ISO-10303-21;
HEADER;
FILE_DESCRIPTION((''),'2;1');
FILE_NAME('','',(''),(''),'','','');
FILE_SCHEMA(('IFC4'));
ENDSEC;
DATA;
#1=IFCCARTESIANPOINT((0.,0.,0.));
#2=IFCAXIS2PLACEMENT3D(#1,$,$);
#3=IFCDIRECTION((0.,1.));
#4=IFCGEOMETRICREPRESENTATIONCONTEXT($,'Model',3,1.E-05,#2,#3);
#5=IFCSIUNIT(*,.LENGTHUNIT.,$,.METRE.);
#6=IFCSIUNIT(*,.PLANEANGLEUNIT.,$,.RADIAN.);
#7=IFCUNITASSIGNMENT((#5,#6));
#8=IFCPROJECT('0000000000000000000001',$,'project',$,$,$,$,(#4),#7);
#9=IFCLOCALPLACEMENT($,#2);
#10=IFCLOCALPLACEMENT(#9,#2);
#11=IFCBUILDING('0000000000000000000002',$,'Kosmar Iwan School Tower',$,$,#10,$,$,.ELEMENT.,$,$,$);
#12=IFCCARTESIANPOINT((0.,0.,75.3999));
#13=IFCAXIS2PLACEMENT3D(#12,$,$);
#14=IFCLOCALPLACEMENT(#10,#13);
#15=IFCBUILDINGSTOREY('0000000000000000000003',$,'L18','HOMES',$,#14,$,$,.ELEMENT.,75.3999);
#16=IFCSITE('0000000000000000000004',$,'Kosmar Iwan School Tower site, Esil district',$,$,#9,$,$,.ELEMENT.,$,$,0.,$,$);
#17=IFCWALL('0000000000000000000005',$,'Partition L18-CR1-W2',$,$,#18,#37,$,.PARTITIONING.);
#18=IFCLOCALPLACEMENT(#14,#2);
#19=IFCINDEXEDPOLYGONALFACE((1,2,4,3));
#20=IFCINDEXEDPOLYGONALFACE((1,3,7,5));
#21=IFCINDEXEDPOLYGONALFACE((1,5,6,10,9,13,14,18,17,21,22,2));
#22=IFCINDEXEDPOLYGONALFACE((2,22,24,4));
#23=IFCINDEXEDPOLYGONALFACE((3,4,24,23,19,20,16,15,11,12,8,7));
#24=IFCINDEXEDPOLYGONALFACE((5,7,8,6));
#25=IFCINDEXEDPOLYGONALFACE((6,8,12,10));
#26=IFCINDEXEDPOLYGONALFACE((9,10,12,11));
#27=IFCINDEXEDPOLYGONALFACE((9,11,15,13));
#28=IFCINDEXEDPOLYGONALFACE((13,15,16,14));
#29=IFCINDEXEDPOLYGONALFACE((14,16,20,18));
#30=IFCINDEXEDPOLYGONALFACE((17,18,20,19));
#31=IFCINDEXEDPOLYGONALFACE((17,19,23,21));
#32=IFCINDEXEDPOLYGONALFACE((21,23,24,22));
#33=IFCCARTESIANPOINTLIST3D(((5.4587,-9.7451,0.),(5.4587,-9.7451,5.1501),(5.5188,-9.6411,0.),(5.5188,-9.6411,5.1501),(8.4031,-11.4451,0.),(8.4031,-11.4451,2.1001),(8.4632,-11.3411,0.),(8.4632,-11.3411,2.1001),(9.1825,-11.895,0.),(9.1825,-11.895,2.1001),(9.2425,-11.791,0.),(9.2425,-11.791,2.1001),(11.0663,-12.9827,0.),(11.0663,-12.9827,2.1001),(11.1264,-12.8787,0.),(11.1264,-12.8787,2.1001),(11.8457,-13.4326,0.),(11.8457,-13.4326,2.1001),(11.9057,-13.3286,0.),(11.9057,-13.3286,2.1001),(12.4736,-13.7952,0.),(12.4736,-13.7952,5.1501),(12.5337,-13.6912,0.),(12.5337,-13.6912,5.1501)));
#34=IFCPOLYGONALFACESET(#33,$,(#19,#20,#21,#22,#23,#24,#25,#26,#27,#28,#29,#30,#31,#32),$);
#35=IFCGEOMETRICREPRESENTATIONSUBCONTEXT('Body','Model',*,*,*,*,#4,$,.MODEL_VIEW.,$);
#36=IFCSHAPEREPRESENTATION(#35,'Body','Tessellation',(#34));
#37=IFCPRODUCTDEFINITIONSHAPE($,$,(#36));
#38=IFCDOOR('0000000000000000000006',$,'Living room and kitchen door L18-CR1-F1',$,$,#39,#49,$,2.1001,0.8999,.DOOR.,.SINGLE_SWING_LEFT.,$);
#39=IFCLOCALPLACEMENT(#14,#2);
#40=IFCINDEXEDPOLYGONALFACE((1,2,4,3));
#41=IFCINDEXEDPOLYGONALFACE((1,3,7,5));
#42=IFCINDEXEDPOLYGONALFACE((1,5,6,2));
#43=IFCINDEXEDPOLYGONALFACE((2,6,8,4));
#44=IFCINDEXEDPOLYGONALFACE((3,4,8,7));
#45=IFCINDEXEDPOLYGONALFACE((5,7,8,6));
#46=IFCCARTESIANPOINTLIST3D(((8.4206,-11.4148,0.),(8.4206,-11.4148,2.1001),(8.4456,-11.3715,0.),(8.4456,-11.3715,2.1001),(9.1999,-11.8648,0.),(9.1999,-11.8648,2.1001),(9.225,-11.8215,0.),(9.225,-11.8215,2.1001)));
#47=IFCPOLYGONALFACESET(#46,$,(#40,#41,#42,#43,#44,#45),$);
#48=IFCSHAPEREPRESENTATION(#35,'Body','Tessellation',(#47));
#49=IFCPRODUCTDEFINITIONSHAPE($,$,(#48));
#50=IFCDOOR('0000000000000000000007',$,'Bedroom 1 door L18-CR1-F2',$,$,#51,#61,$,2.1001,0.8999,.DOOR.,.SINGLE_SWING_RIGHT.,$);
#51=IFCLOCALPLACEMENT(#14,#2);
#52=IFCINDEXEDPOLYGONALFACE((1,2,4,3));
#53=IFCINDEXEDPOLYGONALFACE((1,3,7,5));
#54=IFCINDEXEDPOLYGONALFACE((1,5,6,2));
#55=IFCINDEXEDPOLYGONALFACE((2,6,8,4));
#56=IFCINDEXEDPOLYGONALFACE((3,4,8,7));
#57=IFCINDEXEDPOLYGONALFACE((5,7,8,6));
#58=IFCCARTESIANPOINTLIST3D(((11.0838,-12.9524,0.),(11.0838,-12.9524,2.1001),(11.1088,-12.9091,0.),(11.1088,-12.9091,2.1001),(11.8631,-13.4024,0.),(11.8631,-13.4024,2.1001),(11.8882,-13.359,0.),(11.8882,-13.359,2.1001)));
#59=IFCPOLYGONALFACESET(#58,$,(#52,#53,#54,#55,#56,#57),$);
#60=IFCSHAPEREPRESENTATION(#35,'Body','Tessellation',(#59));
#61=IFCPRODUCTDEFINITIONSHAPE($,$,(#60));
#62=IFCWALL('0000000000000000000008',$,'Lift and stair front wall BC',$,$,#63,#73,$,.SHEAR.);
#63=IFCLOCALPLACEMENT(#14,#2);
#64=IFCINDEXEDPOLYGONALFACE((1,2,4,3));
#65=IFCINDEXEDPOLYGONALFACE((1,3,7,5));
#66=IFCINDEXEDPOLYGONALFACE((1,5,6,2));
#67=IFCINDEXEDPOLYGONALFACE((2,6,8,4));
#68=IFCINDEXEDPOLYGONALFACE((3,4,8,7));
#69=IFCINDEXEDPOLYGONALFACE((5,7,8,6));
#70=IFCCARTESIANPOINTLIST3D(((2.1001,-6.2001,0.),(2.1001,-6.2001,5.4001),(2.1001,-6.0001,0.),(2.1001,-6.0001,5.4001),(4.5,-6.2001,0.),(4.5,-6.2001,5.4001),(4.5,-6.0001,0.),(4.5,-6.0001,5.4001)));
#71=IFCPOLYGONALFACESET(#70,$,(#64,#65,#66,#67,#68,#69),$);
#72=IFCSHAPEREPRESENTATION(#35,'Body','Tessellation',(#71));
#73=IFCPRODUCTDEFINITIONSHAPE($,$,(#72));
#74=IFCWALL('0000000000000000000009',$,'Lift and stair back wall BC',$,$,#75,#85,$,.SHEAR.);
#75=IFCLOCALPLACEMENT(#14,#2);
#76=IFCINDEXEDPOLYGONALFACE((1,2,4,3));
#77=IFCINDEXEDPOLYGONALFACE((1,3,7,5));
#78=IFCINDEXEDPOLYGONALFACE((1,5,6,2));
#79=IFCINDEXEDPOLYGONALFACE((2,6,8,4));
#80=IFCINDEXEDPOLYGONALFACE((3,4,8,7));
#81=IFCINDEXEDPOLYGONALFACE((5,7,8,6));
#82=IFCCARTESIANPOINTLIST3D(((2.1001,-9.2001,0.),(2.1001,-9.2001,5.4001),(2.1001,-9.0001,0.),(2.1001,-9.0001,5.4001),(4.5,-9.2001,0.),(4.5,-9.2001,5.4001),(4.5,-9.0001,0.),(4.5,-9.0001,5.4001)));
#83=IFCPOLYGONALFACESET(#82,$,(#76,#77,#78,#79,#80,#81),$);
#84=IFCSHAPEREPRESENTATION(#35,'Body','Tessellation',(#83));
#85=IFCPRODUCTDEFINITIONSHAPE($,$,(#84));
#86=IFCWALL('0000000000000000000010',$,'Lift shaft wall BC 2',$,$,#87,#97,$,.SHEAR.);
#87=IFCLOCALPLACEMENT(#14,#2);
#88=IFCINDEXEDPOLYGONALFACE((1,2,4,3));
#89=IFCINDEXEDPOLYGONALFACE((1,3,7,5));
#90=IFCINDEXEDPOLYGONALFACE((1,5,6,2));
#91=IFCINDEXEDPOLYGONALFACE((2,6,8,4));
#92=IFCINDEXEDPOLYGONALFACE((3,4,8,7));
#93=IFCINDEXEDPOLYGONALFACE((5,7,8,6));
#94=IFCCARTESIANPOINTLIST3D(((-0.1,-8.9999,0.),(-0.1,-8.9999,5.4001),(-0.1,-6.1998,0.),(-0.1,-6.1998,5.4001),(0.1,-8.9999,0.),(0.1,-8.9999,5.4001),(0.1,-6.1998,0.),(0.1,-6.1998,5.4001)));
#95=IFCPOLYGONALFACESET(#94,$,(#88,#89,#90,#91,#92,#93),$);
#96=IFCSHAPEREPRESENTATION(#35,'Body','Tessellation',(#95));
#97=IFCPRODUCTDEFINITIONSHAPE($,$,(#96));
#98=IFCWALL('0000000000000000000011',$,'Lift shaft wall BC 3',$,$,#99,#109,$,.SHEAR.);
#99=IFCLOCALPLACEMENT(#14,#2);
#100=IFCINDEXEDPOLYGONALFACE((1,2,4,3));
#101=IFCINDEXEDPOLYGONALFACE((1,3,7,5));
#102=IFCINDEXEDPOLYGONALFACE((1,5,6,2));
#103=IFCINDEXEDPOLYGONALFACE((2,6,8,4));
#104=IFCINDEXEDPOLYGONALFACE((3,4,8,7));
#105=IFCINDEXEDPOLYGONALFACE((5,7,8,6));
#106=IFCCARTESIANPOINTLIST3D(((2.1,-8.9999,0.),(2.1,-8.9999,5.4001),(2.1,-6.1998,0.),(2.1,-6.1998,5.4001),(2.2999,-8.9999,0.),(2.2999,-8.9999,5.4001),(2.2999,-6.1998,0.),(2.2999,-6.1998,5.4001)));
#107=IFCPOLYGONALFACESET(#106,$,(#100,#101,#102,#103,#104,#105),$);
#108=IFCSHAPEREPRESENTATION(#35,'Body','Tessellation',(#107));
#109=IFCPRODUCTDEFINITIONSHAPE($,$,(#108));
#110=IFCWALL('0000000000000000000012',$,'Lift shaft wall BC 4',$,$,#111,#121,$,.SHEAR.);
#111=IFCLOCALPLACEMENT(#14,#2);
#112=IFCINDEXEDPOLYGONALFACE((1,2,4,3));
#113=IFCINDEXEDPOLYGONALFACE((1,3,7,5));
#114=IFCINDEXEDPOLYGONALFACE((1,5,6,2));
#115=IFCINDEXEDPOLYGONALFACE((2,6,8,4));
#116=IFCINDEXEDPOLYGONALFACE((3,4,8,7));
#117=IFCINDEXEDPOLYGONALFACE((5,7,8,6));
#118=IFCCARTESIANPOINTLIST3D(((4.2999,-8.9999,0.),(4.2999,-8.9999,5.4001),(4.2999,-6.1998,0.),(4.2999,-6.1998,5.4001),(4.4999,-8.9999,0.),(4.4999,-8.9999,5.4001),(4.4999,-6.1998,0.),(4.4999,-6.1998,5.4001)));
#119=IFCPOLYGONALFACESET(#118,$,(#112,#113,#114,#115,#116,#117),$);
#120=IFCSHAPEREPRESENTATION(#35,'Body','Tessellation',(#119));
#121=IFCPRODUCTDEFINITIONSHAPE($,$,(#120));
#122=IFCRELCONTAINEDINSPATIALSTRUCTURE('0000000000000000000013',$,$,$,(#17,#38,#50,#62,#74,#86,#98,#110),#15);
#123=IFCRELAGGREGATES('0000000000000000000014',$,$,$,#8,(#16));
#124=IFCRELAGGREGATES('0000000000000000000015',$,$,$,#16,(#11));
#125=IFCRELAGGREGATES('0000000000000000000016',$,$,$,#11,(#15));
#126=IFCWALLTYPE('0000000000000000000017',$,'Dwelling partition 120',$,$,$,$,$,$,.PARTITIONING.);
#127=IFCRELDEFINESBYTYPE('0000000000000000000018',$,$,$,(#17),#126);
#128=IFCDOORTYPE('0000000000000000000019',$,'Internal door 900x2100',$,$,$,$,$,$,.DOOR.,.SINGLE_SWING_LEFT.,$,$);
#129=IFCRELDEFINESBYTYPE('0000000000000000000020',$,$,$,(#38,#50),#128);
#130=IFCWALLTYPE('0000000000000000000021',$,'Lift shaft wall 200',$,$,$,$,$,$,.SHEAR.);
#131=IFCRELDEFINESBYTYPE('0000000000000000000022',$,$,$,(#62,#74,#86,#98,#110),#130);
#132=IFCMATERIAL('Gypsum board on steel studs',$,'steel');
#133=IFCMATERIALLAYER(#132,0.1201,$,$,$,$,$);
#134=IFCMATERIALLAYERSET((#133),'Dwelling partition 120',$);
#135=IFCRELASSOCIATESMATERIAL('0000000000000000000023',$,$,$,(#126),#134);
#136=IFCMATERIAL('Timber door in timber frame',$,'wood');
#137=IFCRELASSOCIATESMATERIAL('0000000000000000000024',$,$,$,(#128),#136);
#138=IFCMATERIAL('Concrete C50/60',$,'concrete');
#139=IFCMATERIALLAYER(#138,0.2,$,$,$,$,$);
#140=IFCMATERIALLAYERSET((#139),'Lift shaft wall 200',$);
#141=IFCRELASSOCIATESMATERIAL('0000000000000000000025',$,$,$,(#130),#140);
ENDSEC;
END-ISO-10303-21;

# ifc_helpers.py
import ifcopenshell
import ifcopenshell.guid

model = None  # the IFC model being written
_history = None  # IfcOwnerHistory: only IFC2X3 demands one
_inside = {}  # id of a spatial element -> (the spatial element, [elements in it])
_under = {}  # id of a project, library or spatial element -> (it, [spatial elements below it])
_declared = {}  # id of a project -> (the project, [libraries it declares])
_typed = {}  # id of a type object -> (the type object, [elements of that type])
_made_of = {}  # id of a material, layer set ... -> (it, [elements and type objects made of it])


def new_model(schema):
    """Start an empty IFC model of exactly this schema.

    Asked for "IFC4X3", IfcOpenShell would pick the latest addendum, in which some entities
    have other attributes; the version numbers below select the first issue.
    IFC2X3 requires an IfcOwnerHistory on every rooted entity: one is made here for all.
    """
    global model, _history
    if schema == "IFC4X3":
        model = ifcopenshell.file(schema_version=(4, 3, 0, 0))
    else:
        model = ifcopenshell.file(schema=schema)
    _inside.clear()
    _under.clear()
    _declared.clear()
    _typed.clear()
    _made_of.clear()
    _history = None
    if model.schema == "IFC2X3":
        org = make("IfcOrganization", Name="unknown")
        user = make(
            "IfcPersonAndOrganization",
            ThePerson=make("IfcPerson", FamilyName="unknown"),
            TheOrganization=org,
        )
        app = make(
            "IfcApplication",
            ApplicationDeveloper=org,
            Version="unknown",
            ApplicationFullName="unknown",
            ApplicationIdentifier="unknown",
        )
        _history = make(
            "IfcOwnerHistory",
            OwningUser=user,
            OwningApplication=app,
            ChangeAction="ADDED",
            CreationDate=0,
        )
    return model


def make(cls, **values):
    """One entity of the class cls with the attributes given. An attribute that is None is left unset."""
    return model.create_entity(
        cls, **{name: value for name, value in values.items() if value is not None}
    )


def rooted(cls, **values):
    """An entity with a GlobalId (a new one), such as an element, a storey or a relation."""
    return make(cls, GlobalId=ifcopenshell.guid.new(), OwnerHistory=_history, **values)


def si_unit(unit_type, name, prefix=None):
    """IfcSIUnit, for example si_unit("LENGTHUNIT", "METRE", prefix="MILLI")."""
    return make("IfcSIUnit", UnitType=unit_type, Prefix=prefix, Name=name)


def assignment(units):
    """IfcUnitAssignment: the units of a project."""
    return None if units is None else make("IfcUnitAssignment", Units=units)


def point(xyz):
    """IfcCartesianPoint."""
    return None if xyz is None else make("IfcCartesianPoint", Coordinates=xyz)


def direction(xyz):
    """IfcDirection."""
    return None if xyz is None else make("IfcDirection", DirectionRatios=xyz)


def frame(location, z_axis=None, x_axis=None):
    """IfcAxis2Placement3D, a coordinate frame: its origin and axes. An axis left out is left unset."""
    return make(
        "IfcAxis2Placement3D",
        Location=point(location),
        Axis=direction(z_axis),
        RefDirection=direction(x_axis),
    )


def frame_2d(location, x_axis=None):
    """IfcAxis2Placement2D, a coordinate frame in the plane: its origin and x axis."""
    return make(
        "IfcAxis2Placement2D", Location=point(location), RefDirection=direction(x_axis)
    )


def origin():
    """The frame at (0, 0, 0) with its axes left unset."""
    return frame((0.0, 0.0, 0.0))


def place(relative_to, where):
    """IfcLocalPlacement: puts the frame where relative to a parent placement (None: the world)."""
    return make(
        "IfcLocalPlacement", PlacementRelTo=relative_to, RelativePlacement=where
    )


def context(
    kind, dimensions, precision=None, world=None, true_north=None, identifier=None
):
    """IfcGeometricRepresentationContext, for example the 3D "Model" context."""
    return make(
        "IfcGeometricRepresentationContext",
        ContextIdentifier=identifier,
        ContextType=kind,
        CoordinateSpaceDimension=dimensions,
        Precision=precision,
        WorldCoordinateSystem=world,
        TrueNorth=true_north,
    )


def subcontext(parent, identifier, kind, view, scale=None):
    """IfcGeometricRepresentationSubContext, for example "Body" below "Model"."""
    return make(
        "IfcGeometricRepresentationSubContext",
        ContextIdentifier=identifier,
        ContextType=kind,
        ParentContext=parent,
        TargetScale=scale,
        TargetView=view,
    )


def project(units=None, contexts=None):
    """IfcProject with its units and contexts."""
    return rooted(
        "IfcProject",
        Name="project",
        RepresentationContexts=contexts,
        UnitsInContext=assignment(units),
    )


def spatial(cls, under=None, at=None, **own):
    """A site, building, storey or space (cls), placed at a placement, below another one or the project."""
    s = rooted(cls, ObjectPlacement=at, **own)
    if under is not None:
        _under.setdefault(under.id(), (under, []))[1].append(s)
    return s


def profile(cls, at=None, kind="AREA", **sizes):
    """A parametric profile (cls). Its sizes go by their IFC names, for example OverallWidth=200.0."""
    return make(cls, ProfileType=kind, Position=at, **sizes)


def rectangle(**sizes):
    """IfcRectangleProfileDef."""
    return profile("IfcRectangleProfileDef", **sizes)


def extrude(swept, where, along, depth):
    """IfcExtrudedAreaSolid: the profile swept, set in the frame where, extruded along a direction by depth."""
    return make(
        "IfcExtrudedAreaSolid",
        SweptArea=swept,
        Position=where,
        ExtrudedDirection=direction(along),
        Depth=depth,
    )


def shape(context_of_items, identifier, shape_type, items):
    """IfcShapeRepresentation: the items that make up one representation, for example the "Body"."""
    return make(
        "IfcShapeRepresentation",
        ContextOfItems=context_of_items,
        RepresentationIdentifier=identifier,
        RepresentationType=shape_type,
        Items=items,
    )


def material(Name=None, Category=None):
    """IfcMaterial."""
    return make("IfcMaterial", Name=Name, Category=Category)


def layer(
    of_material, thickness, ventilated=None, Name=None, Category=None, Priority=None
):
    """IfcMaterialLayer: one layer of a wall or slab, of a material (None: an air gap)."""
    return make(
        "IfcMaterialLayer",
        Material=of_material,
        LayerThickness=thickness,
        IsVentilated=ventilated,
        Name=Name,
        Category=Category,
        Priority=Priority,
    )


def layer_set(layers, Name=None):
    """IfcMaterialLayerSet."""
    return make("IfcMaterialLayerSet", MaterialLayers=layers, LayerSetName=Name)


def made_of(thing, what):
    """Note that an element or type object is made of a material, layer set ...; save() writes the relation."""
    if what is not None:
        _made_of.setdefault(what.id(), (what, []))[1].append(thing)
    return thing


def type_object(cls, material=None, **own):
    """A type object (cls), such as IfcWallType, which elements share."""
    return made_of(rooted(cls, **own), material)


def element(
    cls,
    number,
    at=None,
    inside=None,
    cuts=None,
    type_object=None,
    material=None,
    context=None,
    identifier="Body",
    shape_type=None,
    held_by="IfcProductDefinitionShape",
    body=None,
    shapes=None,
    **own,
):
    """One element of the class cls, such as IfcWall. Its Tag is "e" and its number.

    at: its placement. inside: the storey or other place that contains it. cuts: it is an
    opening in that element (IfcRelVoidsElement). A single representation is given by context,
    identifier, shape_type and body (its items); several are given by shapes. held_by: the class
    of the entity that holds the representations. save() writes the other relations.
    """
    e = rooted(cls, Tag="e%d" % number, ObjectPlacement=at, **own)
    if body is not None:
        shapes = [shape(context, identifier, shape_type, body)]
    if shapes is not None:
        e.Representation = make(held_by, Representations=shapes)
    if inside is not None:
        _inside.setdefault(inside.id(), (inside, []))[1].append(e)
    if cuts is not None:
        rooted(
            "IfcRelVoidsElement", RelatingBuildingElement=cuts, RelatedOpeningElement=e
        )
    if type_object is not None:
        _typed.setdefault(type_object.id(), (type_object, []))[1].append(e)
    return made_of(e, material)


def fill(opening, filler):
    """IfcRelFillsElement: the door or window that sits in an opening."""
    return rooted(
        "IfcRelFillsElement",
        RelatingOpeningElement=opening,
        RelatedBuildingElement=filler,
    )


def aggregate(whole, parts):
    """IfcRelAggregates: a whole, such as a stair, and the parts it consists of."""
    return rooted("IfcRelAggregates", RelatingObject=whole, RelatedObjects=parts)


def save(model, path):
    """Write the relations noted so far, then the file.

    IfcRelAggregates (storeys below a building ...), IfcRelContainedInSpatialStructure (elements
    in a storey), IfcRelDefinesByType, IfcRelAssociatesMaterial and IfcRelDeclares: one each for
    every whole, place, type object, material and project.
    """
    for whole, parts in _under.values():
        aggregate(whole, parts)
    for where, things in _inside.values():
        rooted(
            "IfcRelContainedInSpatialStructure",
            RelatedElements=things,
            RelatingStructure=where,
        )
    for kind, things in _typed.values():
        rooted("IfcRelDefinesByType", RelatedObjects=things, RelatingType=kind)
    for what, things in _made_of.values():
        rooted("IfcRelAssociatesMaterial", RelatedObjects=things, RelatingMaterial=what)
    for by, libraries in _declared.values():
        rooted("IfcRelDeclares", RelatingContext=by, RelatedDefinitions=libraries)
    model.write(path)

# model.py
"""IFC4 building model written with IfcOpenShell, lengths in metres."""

from ifc_helpers import new_model, si_unit, direction, frame, frame_2d, origin, place, context, subcontext, project, spatial, rectangle, extrude, material, layer, layer_set, type_object, element, fill, save


model = new_model("IFC4")

# Units and contexts
model_context = context("Model", 3, precision=1e-05, world=origin(), true_north=direction((0.0, 1.0)))
body_context = subcontext(model_context, "Body", "Model", "MODEL_VIEW")
ifc_project = project(units=[si_unit("LENGTHUNIT", "METRE"), si_unit("PLANEANGLEUNIT", "RADIAN")], contexts=[model_context])

# Site, building, storey
site_placement = place(None, origin())
site = spatial("IfcSite", under=ifc_project, at=site_placement, Name="Kosmar Iwan School Tower site, Esil district", CompositionType="ELEMENT", RefElevation=0.0)
building_placement = place(site_placement, origin())
building = spatial("IfcBuilding", under=site, at=building_placement, Name="Kosmar Iwan School Tower", CompositionType="ELEMENT")
storey_placement = place(building_placement, frame((0.0, 0.0, 75.3999)))
storey = spatial("IfcBuildingStorey", under=building, at=storey_placement, Name="L18", Description="HOMES", CompositionType="ELEMENT", Elevation=75.3999)

# Wall, openings, doors
ifc_material_1 = material(Name="Gypsum board on steel studs", Category="steel")
ifc_layer_1 = layer(ifc_material_1, 0.1201)
ifc_layer_set_1 = layer_set([ifc_layer_1], Name="Dwelling partition 120")
wall_type_1 = type_object("IfcWallType", Name="Dwelling partition 120", PredefinedType="PARTITIONING", material=ifc_layer_set_1)
ifc_material_2 = material(Name="Timber door in timber frame", Category="wood")
door_type_1 = type_object("IfcDoorType", Name="Internal door 900x2100", OperationType="SINGLE_SWING_LEFT", PredefinedType="DOOR", material=ifc_material_2)
wall_1_placement = place(storey_placement, frame((5.4888, -9.6931, 0.0), z_axis=(0.0, 0.0, 1.0), x_axis=(0.866025, -0.5, 0.0)))
wall_1 = element("IfcWall", 1, at=wall_1_placement, inside=storey, type_object=wall_type_1, Name="Partition L18-CR1-W2", PredefinedType="PARTITIONING", context=body_context, shape_type="SweptSolid", body=[
    extrude(rectangle(XDim=8.1001, YDim=0.1201, at=frame_2d((4.05, 0.0))), origin(), (0.0, 0.0, 1.0), 5.1501),
])
opening_1_placement = place(wall_1_placement, frame((3.3999, 0.0, 0.0)))
opening_1 = element("IfcOpeningElement", 2, at=opening_1_placement, cuts=wall_1, PredefinedType="OPENING", context=body_context, shape_type="SweptSolid", body=[
    extrude(rectangle(XDim=0.8999, YDim=2.1001, at=frame_2d((0.45, 1.05))), frame((0.0, 0.072, 0.0), z_axis=(0.0, -1.0, 0.0), x_axis=(1.0, 0.0, 0.0)), (0.0, 0.0, 1.0), 0.144),
])
opening_2_placement = place(wall_1_placement, frame((6.4751, 0.0, 0.0)))
opening_2 = element("IfcOpeningElement", 3, at=opening_2_placement, cuts=wall_1, PredefinedType="OPENING", context=body_context, shape_type="SweptSolid", body=[
    extrude(rectangle(XDim=0.8999, YDim=2.1001, at=frame_2d((0.45, 1.05))), frame((0.0, 0.072, 0.0), z_axis=(0.0, -1.0, 0.0), x_axis=(1.0, 0.0, 0.0)), (0.0, 0.0, 1.0), 0.144),
])
door_1_placement = place(opening_1_placement, origin())
door_1 = element("IfcDoor", 4, at=door_1_placement, inside=storey, type_object=door_type_1, Name="Living room and kitchen door L18-CR1-F1", OperationType="SINGLE_SWING_LEFT", OverallHeight=2.1001, OverallWidth=0.8999, PredefinedType="DOOR", context=body_context, shape_type="SweptSolid", body=[
    extrude(rectangle(XDim=0.8999, YDim=2.1001, at=frame_2d((0.45, 1.05))), frame((0.0, 0.0249, 0.0), z_axis=(0.0, -1.0, 0.0), x_axis=(1.0, 0.0, 0.0)), (0.0, 0.0, 1.0), 0.05),
])
fill(opening_1, door_1)
door_2_placement = place(opening_2_placement, origin())
door_2 = element("IfcDoor", 5, at=door_2_placement, inside=storey, type_object=door_type_1, Name="Bedroom 1 door L18-CR1-F2", OperationType="SINGLE_SWING_RIGHT", OverallHeight=2.1001, OverallWidth=0.8999, PredefinedType="DOOR", context=body_context, shape_type="SweptSolid", body=[
    extrude(rectangle(XDim=0.8999, YDim=2.1001, at=frame_2d((0.45, 1.05))), frame((0.0, 0.0249, 0.0), z_axis=(0.0, -1.0, 0.0), x_axis=(1.0, 0.0, 0.0)), (0.0, 0.0, 1.0), 0.05),
])
fill(opening_2, door_2)

# Walls
ifc_material_3 = material(Name="Concrete C50/60", Category="concrete")
ifc_layer_2 = layer(ifc_material_3, 0.2)
ifc_layer_set_2 = layer_set([ifc_layer_2], Name="Lift shaft wall 200")
wall_type_2 = type_object("IfcWallType", Name="Lift shaft wall 200", PredefinedType="SHEAR", material=ifc_layer_set_2)
for number, where, z_axis, x_axis, name in (
    (6, (2.1001, -6.1001, 0.0), (0.0, 0.0, 1.0), (1.0, 0.0, 0.0), "Lift and stair front wall BC"),
    (7, (2.1001, -9.1001, 0.0), (0.0, 0.0, 1.0), (1.0, 0.0, 0.0), "Lift and stair back wall BC"),
):
    element("IfcWall", number, at=place(storey_placement, frame(where, z_axis=z_axis, x_axis=x_axis)), inside=storey, type_object=wall_type_2, Name=name, PredefinedType="SHEAR", context=body_context, shape_type="SweptSolid", body=[
        extrude(rectangle(XDim=2.3999, YDim=0.2, at=frame_2d((1.2, 0.0))), origin(), (0.0, 0.0, 1.0), 5.4001),
    ])
for number, where, z_axis, x_axis, name in (
    (8, (0.0, -6.2, 0.0), (0.0, 0.0, 1.0), (0.0, -1.0, 0.0), "Lift shaft wall BC 2"),
    (9, (2.2, -6.2, 0.0), (0.0, 0.0, 1.0), (0.0, -1.0, 0.0), "Lift shaft wall BC 3"),
    (10, (4.3999, -6.2, 0.0), (0.0, 0.0, 1.0), (0.0, -1.0, 0.0), "Lift shaft wall BC 4"),
):
    element("IfcWall", number, at=place(storey_placement, frame(where, z_axis=z_axis, x_axis=x_axis)), inside=storey, type_object=wall_type_2, Name=name, PredefinedType="SHEAR", context=body_context, shape_type="SweptSolid", body=[
        extrude(rectangle(XDim=2.8, YDim=0.2, at=frame_2d((1.3999, 0.0))), origin(), (0.0, 0.0, 1.0), 5.4001),
    ])

save(model, "model.ifc")
